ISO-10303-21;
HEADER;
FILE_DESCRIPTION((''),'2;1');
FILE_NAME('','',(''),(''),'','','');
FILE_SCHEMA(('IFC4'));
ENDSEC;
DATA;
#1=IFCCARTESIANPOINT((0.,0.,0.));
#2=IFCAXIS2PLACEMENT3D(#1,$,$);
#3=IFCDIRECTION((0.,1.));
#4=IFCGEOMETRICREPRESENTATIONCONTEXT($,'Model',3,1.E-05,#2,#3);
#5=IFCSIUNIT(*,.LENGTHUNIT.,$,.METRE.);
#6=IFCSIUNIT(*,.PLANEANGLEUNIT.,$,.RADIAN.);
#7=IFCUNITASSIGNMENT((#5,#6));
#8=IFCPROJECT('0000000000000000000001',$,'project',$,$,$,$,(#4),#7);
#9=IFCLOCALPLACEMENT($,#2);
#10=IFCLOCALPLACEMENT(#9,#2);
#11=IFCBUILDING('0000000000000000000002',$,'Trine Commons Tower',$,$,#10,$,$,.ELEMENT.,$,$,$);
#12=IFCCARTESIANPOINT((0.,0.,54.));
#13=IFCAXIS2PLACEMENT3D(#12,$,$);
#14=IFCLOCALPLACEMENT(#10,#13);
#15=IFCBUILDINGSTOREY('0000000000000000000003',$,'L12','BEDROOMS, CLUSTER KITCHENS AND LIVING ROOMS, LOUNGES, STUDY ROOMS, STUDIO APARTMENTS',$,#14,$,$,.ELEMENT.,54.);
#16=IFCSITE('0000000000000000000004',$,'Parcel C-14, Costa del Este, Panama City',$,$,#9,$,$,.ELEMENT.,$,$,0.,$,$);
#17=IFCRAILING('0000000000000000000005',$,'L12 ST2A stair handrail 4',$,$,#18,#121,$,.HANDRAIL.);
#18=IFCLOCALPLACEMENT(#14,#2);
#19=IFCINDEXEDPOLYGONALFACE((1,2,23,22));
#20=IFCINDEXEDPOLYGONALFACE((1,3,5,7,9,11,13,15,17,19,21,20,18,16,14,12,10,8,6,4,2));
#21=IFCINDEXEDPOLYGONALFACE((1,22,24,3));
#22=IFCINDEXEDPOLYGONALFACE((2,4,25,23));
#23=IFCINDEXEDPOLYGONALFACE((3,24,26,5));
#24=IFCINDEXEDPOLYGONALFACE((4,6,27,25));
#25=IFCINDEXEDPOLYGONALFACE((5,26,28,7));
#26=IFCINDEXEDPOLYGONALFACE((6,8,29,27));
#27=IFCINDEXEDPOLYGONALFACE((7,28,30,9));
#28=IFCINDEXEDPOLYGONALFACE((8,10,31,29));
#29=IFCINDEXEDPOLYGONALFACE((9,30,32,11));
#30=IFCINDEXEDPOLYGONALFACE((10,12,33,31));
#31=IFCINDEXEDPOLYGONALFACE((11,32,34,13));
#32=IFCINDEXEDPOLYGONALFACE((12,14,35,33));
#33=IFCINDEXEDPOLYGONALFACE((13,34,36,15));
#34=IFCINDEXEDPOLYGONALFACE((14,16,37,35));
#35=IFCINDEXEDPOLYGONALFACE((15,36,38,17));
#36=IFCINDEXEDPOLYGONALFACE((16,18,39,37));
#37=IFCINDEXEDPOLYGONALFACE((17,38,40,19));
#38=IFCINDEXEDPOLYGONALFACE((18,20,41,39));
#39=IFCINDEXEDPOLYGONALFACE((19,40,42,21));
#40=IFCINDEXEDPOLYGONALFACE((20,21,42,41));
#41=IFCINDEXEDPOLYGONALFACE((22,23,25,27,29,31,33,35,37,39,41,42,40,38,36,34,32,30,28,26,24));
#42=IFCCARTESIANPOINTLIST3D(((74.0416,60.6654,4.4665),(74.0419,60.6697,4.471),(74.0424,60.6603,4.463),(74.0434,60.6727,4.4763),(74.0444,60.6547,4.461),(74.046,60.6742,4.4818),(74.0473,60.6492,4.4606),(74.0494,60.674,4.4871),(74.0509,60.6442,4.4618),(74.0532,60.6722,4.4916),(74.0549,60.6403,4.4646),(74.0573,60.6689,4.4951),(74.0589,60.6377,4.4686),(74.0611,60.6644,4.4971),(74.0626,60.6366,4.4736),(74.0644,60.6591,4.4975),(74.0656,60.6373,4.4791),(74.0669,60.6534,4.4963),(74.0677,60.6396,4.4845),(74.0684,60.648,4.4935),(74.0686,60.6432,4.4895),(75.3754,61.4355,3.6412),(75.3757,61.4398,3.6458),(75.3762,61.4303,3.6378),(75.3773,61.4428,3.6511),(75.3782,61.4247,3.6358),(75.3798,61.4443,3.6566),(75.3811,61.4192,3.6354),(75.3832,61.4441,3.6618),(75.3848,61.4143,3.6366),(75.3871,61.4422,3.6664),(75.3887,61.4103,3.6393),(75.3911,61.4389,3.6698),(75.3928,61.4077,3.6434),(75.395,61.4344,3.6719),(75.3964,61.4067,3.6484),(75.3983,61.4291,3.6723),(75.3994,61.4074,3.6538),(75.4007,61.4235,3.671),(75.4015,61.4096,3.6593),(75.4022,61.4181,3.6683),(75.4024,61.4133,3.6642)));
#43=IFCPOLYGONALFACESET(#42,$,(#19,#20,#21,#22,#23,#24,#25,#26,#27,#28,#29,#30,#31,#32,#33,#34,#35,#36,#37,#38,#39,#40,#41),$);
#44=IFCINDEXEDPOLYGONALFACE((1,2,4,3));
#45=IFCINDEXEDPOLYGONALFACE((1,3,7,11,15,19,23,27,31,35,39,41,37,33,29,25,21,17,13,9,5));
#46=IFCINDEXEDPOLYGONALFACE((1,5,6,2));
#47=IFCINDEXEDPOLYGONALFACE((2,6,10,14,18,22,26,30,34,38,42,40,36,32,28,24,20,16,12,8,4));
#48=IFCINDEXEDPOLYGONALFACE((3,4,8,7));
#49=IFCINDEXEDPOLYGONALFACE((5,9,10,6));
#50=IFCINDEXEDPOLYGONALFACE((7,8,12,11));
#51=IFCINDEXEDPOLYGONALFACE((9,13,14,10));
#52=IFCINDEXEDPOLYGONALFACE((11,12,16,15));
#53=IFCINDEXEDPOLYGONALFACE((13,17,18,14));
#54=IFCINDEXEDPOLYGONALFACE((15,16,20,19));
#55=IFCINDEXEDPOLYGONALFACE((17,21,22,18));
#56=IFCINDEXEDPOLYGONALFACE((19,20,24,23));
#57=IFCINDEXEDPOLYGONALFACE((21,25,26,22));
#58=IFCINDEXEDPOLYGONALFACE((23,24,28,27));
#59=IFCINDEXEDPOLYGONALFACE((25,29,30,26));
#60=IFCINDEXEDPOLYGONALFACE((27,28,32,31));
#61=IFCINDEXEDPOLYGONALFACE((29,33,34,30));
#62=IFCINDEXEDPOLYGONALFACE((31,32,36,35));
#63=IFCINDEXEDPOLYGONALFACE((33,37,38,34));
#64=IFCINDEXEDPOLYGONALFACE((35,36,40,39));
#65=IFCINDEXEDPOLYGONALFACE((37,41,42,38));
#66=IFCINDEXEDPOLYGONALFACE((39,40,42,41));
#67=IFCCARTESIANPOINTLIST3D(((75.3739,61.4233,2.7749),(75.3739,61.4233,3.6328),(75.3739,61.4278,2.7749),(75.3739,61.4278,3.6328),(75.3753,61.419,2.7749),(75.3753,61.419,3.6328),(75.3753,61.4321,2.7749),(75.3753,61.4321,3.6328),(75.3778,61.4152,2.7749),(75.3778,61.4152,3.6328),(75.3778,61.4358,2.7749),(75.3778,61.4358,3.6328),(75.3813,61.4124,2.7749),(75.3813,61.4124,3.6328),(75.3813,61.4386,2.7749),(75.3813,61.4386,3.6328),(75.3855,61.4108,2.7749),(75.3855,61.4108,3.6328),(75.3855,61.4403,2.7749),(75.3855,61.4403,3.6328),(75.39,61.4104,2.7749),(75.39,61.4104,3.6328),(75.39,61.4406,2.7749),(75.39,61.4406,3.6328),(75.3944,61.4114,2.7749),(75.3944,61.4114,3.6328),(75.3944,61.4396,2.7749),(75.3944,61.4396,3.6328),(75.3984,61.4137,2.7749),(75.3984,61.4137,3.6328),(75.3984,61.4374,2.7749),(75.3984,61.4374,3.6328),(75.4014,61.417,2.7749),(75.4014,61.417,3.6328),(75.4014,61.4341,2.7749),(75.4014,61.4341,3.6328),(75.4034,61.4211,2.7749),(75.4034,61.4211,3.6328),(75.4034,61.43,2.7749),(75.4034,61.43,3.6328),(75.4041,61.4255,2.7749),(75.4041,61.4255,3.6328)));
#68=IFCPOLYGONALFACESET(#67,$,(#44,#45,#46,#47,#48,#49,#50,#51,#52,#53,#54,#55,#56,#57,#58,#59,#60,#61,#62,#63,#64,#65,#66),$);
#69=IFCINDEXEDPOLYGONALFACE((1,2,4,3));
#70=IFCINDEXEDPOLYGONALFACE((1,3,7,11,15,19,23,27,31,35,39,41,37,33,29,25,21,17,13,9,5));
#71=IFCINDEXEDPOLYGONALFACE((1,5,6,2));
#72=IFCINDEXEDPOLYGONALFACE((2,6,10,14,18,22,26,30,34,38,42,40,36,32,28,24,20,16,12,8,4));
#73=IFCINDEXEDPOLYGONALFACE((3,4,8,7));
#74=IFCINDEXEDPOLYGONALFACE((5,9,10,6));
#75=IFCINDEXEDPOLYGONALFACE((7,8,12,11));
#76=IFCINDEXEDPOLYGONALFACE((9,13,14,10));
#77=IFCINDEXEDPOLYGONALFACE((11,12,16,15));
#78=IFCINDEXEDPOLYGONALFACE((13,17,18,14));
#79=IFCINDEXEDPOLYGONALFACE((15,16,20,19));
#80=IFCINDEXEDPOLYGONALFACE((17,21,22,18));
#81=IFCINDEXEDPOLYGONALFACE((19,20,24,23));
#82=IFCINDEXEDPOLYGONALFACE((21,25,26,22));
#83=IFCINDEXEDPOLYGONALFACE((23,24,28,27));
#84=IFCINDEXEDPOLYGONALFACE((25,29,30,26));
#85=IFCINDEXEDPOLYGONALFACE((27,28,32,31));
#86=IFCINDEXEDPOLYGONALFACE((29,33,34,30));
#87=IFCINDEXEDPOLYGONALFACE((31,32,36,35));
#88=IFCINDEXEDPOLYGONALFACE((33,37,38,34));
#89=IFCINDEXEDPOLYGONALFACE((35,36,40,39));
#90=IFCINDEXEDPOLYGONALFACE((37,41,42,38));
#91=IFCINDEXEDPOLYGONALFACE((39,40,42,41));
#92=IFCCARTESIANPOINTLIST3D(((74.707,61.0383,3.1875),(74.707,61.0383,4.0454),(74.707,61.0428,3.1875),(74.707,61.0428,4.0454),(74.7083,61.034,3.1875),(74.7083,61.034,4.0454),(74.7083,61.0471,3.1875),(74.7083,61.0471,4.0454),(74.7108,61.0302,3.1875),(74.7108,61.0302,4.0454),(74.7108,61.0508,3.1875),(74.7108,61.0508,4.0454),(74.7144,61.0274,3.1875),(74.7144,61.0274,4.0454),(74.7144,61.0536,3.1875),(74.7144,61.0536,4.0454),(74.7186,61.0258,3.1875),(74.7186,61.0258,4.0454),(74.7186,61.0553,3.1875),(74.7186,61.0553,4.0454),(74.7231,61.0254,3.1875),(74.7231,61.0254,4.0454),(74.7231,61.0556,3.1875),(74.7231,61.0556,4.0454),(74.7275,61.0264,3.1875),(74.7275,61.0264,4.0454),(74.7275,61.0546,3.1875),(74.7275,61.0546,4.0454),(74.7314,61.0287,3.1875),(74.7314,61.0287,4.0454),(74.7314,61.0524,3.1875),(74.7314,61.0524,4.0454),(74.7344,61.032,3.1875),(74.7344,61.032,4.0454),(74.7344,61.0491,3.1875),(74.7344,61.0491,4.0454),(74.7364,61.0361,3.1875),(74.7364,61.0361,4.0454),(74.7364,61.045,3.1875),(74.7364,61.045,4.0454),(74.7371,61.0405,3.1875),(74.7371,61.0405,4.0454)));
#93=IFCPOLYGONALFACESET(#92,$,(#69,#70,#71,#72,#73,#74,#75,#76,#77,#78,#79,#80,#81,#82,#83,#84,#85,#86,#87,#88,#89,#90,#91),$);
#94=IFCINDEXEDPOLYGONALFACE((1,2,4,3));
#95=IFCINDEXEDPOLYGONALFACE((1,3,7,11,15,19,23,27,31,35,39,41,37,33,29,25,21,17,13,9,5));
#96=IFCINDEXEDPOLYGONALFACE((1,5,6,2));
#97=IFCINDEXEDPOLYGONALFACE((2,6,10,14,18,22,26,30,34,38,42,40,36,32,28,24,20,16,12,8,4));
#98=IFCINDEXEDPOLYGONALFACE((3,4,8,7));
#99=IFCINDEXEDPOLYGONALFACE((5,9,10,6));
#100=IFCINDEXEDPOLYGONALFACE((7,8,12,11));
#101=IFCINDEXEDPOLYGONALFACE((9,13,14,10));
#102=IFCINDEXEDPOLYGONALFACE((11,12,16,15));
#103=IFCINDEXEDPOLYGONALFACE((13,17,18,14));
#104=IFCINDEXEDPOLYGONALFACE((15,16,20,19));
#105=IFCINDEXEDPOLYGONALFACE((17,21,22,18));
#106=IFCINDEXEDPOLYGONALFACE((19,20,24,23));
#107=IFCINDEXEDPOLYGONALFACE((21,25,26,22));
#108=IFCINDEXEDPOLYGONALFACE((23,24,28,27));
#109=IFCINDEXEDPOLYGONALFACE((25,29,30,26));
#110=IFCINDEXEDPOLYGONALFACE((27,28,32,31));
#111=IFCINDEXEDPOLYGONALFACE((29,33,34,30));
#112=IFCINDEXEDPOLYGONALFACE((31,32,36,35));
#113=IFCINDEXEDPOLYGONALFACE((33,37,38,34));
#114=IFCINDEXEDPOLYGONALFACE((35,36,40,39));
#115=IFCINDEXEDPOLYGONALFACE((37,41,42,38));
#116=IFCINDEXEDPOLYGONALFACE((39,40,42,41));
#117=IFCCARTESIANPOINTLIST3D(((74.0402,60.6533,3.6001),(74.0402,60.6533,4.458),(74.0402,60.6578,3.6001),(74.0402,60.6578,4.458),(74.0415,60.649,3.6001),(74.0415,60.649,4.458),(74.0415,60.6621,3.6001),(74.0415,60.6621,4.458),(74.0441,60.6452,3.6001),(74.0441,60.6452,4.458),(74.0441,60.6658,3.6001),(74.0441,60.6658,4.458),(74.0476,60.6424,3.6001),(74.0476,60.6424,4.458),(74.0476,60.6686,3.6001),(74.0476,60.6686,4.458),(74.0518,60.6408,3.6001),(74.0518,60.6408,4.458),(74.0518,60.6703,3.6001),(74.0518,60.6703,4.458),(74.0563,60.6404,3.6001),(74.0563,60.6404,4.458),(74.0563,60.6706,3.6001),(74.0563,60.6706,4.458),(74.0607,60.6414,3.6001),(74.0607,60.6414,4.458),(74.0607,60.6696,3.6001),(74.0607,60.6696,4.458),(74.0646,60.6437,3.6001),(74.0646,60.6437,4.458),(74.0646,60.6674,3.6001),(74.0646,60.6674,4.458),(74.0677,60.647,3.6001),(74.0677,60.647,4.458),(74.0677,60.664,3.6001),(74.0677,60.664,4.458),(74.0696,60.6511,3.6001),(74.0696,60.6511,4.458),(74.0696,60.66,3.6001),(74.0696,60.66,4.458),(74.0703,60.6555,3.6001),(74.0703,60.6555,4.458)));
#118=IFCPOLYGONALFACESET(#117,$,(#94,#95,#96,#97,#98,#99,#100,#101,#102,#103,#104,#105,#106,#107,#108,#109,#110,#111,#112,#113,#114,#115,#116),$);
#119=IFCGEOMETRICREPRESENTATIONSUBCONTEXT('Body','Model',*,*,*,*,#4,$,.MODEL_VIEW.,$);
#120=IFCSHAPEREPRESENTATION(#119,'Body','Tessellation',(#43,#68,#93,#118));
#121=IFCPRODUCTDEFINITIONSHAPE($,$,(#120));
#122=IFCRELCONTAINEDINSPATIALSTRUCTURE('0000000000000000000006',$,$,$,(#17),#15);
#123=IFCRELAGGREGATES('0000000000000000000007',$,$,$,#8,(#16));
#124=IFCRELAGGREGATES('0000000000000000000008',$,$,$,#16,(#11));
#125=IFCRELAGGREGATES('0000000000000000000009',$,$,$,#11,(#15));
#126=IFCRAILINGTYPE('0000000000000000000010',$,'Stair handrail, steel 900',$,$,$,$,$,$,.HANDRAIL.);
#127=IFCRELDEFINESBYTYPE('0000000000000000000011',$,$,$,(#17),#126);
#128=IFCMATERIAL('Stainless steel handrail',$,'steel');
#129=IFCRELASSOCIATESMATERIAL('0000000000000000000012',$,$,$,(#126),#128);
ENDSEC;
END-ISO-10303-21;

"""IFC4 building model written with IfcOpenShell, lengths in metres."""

from ifc_helpers import new_model, si_unit, direction, frame, origin, origin_2d, place, context, subcontext, project, spatial, circle, extrude, material, type_object, element, save


model = new_model("IFC4")

# Units and contexts
model_context = context("Model", 3, precision=1e-05, world=origin(), true_north=direction((0.0, 1.0)))
body_context = subcontext(model_context, "Body", "Model", "MODEL_VIEW")
ifc_project = project(units=[si_unit("LENGTHUNIT", "METRE"), si_unit("PLANEANGLEUNIT", "RADIAN")], contexts=[model_context])

# Site, building, storey
site_placement = place(None, origin())
site = spatial("IfcSite", under=ifc_project, at=site_placement, Name="Parcel C-14, Costa del Este, Panama City", CompositionType="ELEMENT", RefElevation=0.0)
building_placement = place(site_placement, origin())
building = spatial("IfcBuilding", under=site, at=building_placement, Name="Trine Commons Tower", CompositionType="ELEMENT")
storey_placement = place(building_placement, frame((0.0, 0.0, 54.0)))
storey = spatial("IfcBuildingStorey", under=building, at=storey_placement, Name="L12", Description="BEDROOMS, CLUSTER KITCHENS AND LIVING ROOMS, LOUNGES, STUDY ROOMS, STUDIO APARTMENTS", CompositionType="ELEMENT", Elevation=54.0)

# Railing
ifc_material_1 = material(Name="Stainless steel handrail", Category="steel")
railing_type = type_object("IfcRailingType", Name="Stair handrail, steel 900", PredefinedType="HANDRAIL", material=ifc_material_1)
railing_1_placement = place(storey_placement, frame((75.3889, 61.4255, 2.7749)))
element("IfcRailing", 1, at=railing_1_placement, inside=storey, type_object=railing_type, Name="L12 ST2A stair handrail 4", PredefinedType="HANDRAIL", context=body_context, shape_type="SweptSolid", body=[
    extrude(circle(Radius=0.021, at=origin_2d()), frame((0.0, 0.0, 0.8789), z_axis=(-0.763355, -0.440714, 0.472293), x_axis=(0.499992, -0.86603, 0.0)), (0.0, 0.0, 1.0), 1.7473),
    extrude(circle(Radius=0.0151, at=origin_2d()), origin(), (0.0, 0.0, 1.0), 0.8579),
    extrude(circle(Radius=0.0151, at=origin_2d()), frame((-0.667, -0.385, 0.4126)), (0.0, 0.0, 1.0), 0.8579),
    extrude(circle(Radius=0.0151, at=origin_2d()), frame((-1.3337, -0.77, 0.8252)), (0.0, 0.0, 1.0), 0.8579),
])

save(model, "model.ifc")
